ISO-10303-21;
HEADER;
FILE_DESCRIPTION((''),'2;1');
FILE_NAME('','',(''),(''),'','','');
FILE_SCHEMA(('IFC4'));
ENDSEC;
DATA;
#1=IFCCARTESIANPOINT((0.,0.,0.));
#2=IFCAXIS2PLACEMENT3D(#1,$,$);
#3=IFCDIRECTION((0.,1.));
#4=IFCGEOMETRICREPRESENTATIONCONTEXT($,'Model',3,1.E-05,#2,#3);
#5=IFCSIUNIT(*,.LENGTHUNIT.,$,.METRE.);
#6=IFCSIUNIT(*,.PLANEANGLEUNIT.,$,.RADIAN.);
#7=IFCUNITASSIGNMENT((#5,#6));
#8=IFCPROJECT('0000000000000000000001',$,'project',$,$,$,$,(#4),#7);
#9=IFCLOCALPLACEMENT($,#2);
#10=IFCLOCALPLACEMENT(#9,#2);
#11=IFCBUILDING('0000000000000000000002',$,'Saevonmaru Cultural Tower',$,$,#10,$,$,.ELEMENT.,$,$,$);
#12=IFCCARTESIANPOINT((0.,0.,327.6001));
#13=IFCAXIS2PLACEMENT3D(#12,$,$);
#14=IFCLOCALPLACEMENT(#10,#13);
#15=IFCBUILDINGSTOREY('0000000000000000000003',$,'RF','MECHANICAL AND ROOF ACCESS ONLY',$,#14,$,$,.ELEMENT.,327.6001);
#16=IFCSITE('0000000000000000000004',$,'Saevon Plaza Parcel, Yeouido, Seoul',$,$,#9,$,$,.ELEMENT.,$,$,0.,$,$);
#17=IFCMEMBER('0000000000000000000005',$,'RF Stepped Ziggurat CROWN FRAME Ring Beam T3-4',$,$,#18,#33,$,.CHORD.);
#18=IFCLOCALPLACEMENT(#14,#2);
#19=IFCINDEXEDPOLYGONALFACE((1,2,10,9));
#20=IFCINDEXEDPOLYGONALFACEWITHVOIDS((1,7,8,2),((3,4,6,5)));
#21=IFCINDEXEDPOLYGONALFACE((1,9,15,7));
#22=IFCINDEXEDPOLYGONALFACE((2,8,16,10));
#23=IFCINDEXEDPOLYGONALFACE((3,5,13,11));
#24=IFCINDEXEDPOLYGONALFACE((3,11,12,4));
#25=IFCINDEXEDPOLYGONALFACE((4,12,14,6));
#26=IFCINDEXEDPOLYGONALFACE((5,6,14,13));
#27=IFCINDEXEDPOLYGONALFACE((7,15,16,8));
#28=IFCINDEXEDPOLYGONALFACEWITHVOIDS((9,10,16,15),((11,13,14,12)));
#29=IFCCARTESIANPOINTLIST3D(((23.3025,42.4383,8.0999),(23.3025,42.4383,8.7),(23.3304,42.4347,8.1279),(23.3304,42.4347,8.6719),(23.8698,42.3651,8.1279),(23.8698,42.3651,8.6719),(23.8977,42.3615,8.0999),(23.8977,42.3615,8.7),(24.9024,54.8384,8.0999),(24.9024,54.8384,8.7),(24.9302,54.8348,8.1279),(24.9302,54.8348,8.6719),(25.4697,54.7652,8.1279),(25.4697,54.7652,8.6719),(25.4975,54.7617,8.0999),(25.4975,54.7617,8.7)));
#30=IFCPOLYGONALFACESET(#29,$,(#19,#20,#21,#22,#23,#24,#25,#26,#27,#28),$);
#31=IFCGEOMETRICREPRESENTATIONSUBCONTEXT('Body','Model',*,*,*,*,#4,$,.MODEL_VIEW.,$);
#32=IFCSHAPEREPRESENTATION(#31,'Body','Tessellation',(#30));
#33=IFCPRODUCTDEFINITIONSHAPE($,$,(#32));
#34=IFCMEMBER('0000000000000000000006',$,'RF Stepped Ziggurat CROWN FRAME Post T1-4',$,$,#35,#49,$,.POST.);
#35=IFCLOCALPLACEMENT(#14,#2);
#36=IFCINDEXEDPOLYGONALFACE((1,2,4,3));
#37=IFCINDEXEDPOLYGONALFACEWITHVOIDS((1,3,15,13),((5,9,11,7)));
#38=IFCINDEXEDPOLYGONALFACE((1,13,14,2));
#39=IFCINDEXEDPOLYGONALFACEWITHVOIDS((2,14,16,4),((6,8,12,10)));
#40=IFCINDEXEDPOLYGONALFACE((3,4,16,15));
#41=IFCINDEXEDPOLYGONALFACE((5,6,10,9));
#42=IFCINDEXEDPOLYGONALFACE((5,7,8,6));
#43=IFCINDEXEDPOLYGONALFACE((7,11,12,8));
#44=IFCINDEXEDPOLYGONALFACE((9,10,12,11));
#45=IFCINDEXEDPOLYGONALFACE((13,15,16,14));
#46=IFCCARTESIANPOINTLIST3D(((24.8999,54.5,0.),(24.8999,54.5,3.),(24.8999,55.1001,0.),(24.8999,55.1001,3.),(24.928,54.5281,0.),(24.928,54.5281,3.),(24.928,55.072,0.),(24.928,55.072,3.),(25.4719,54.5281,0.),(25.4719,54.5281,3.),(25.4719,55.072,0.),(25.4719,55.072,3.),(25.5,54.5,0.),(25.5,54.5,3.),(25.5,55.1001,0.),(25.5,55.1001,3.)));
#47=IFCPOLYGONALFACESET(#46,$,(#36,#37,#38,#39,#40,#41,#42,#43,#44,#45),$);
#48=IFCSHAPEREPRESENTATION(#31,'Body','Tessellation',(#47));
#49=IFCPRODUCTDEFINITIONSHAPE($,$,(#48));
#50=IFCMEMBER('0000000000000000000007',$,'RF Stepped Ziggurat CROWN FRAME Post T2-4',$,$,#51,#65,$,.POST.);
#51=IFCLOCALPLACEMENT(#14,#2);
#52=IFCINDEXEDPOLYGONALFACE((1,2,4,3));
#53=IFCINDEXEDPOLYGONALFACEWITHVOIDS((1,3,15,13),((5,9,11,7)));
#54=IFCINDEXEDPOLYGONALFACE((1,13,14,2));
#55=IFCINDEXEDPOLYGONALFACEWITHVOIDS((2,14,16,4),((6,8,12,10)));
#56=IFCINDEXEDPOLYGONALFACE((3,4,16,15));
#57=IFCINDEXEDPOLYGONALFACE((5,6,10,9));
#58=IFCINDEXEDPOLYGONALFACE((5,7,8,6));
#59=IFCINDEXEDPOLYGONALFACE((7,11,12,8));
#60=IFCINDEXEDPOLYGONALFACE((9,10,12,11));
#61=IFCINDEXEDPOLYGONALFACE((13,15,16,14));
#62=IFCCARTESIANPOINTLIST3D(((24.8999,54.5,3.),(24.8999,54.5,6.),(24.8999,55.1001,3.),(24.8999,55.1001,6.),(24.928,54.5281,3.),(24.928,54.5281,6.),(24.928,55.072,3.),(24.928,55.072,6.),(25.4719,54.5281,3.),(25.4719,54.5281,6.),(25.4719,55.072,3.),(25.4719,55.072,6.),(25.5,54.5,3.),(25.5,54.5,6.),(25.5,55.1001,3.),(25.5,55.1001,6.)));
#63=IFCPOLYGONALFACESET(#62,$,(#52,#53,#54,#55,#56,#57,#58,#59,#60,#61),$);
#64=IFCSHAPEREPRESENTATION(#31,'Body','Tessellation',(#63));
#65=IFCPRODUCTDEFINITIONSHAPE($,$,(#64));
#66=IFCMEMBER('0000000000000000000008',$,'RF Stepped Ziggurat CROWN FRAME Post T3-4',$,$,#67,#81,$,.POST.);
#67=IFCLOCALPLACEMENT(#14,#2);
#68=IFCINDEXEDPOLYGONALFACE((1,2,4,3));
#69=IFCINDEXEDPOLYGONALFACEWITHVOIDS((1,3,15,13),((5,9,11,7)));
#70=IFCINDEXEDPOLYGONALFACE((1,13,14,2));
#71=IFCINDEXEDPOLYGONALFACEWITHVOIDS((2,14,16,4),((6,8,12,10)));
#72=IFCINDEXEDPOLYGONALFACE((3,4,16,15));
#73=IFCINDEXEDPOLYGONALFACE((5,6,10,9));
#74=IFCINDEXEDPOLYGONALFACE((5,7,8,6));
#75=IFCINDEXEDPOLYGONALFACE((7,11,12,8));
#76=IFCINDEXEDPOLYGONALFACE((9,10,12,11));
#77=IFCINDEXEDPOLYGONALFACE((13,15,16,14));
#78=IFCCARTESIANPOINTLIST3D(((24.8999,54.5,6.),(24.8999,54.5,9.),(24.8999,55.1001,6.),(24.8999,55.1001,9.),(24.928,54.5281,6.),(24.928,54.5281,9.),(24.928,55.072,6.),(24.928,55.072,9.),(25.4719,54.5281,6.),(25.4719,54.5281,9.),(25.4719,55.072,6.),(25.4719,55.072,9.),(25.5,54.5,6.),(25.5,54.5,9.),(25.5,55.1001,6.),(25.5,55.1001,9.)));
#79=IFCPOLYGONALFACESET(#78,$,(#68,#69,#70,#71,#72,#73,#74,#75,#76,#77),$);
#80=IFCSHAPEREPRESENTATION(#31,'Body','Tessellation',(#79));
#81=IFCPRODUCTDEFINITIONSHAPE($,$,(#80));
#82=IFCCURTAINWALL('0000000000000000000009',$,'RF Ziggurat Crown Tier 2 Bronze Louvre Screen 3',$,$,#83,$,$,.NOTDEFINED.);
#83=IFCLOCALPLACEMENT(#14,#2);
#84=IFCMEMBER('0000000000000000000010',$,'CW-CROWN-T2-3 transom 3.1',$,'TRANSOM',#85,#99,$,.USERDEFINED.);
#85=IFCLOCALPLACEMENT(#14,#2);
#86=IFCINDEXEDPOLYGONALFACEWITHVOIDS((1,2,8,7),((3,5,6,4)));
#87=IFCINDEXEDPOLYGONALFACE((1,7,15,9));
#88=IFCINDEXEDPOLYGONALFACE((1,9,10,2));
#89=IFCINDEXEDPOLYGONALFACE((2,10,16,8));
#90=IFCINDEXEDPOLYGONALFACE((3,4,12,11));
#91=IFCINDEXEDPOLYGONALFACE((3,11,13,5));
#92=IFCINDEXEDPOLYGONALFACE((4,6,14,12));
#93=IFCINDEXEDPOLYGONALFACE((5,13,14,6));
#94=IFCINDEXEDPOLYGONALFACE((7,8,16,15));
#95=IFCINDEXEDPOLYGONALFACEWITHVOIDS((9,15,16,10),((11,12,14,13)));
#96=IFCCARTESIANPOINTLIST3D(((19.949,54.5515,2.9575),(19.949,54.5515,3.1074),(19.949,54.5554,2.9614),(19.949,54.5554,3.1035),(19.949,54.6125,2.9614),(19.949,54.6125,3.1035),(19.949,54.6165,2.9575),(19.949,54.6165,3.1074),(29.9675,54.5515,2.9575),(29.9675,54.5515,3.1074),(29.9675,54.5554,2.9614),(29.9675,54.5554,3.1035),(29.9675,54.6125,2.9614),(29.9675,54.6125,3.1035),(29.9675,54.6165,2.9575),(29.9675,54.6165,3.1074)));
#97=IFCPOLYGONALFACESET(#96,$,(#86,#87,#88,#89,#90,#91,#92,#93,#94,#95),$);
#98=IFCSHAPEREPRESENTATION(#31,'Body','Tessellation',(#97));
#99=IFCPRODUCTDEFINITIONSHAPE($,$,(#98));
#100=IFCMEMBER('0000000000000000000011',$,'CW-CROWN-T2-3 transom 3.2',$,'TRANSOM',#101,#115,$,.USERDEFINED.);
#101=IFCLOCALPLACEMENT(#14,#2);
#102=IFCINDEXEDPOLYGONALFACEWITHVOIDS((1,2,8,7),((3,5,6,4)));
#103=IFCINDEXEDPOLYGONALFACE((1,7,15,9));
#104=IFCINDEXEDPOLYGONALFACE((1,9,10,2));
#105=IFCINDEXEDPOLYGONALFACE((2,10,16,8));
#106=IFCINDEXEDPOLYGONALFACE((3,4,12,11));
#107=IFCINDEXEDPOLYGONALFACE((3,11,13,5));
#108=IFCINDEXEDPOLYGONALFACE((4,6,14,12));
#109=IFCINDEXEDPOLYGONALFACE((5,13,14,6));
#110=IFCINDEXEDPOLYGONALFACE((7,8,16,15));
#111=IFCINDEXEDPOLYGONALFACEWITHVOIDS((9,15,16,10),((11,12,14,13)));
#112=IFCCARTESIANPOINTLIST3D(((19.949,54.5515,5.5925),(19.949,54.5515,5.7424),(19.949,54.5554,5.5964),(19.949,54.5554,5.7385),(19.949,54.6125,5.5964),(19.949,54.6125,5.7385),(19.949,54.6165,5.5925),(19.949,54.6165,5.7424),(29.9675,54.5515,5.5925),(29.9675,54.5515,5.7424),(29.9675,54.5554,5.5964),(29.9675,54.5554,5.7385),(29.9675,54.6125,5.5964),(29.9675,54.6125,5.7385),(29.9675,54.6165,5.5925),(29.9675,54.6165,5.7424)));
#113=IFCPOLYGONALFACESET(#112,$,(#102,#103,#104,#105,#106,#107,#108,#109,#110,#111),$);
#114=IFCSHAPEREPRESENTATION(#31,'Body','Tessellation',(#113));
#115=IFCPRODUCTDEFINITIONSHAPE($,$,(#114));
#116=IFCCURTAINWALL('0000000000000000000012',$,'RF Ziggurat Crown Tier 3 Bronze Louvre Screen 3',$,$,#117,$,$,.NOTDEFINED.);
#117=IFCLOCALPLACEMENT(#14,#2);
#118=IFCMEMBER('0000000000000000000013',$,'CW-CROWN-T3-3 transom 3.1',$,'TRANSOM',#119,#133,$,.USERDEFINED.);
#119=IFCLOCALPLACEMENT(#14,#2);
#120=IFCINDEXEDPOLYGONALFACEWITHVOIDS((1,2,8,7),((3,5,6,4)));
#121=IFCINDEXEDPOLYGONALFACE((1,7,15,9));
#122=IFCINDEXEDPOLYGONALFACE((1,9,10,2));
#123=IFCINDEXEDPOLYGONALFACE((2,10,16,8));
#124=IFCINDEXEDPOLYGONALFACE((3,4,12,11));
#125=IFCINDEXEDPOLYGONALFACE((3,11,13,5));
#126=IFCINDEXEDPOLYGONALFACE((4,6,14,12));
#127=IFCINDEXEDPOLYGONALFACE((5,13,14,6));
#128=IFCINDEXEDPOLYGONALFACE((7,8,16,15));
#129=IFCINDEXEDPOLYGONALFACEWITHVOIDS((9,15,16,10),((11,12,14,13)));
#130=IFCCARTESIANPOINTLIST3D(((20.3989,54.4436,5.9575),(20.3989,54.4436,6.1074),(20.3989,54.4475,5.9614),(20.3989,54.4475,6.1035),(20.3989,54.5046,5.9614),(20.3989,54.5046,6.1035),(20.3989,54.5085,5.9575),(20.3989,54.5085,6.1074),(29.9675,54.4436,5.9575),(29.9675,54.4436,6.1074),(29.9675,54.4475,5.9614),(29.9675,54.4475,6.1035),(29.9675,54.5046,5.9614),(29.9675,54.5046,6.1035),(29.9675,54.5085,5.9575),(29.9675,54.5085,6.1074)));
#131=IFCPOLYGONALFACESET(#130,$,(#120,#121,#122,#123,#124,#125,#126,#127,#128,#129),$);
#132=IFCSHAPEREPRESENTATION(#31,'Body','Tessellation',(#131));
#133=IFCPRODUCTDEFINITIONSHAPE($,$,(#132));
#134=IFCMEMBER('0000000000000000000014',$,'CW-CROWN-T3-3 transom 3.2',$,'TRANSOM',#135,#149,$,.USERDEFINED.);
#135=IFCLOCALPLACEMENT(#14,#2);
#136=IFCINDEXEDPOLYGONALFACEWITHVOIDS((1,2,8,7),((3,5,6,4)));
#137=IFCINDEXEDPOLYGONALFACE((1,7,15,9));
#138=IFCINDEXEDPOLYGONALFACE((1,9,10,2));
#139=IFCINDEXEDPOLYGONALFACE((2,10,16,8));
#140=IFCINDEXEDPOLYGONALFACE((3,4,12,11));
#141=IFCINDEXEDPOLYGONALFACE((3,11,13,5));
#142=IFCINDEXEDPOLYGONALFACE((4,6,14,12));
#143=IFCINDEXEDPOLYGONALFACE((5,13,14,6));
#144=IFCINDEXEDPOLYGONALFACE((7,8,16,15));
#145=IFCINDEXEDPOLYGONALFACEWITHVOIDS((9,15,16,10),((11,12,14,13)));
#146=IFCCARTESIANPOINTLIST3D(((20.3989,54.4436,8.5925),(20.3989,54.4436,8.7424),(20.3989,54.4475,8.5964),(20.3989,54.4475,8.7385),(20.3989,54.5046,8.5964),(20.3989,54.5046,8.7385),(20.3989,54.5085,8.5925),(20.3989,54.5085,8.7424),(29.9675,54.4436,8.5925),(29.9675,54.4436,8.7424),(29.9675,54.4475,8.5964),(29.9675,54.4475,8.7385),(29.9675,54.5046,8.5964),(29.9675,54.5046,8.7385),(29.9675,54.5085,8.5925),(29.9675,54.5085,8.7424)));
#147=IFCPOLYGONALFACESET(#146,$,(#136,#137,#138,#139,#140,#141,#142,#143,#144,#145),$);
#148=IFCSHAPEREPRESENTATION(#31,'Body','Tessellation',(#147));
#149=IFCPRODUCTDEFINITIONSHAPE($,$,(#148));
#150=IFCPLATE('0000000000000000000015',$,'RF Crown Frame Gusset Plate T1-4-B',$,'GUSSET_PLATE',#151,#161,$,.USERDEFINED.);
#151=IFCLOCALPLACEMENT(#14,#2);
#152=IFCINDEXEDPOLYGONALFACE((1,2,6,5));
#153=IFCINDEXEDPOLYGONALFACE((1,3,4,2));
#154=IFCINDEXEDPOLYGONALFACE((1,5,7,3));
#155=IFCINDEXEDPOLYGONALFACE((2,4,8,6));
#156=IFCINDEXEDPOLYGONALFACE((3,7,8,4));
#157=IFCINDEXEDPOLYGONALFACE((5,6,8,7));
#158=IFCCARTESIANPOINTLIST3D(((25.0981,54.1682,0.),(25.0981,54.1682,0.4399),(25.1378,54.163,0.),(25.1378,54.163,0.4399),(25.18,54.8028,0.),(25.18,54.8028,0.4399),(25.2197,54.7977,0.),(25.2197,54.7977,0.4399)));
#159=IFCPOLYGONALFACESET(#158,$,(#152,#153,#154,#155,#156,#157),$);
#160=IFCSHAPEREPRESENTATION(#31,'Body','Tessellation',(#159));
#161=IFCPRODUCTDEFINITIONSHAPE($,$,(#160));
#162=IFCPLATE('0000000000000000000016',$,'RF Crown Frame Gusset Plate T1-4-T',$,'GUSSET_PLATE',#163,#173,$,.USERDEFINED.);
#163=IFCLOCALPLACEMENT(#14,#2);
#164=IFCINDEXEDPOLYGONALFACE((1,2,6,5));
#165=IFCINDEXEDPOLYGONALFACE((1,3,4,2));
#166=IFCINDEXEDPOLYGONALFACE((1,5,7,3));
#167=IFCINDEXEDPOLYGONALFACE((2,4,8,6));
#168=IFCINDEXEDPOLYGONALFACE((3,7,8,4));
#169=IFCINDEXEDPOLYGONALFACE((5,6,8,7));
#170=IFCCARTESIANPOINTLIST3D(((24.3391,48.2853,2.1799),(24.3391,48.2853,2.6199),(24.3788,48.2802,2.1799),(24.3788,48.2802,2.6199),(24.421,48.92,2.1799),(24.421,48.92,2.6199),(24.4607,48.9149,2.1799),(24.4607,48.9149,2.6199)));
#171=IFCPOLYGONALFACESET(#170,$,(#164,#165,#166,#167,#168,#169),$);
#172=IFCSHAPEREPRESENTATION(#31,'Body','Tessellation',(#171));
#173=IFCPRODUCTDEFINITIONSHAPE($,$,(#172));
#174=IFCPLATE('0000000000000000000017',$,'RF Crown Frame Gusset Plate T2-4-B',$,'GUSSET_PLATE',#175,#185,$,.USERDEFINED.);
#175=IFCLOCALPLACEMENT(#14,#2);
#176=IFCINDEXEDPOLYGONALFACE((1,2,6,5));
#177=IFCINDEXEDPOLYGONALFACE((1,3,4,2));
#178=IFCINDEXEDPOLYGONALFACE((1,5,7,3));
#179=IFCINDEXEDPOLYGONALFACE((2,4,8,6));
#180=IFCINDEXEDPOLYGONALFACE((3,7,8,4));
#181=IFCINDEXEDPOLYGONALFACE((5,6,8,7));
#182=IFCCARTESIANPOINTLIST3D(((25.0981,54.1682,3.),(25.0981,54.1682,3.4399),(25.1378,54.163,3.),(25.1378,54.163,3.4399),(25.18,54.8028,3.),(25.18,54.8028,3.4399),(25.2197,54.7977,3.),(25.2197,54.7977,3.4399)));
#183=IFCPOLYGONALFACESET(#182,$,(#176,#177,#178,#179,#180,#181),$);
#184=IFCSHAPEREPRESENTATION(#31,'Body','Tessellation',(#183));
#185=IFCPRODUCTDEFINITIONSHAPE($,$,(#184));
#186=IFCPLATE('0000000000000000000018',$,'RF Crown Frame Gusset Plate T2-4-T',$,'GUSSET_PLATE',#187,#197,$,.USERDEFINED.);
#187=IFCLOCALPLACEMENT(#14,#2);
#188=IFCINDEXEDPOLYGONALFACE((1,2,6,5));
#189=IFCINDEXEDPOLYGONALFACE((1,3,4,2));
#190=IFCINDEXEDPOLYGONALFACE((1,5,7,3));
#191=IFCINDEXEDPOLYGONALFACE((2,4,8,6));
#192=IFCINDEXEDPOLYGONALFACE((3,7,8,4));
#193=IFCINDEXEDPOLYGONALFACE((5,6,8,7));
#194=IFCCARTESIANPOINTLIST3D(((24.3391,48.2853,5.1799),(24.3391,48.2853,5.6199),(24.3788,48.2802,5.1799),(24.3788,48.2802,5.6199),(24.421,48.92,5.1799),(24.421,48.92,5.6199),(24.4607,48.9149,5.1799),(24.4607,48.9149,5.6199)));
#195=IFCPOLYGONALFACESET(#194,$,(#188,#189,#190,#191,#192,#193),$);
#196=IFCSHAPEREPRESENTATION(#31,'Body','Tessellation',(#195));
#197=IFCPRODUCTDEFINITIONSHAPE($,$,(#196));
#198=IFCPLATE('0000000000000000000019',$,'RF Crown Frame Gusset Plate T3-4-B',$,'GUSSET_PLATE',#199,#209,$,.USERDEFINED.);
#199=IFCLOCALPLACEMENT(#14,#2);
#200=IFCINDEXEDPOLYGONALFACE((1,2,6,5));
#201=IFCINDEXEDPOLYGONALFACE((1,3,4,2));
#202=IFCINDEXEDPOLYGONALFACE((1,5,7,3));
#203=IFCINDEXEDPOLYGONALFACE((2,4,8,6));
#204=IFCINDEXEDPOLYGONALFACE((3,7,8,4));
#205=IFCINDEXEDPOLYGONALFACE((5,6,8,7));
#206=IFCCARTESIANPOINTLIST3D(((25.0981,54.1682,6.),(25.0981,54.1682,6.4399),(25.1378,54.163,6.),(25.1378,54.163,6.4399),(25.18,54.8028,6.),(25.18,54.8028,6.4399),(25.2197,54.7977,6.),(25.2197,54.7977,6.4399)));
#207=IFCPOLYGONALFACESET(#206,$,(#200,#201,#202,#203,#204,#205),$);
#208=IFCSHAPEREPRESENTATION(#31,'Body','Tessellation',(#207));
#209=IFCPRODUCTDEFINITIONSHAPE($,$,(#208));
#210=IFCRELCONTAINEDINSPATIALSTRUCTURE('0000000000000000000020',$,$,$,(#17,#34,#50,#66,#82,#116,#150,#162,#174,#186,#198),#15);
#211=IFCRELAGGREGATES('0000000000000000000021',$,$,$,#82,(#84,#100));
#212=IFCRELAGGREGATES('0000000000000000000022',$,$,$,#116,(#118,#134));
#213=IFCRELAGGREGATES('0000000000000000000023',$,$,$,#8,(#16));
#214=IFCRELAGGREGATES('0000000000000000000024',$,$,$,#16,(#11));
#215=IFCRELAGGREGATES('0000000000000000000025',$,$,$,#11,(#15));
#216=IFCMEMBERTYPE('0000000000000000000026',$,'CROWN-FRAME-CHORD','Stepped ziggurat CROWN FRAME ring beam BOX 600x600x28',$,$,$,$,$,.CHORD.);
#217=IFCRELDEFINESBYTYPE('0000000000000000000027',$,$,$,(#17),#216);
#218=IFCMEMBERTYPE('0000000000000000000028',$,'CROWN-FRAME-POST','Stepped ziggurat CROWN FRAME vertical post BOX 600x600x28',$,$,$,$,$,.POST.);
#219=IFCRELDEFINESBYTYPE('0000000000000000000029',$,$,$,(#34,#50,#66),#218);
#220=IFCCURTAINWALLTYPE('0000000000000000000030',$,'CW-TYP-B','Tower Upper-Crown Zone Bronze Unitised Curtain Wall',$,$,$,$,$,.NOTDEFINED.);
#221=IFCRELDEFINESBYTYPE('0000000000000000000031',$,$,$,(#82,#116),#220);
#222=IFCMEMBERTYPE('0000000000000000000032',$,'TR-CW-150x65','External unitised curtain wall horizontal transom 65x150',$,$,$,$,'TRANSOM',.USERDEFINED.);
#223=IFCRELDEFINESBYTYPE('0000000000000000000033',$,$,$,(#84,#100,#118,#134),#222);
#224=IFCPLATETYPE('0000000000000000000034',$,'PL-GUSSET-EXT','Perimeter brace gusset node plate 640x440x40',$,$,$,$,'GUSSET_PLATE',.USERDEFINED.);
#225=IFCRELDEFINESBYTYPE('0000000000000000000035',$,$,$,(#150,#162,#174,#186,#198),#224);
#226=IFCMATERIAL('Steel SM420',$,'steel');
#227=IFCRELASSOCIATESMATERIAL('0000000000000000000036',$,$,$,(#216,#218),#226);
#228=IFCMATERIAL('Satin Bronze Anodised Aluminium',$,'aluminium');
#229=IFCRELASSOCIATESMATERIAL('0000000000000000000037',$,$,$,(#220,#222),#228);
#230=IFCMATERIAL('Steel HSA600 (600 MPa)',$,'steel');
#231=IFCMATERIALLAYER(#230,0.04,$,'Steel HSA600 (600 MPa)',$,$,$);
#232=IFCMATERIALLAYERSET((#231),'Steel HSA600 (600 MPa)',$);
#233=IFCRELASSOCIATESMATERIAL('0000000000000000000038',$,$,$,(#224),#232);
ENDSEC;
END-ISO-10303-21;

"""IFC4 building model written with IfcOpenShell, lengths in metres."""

from ifc_helpers import new_model, si_unit, direction, frame, origin, origin_2d, place, context, subcontext, project, spatial, rectangle, hollow_rectangle, extrude, material, layer, layer_set, material_profile, profile_set, type_object, element, aggregate, save


model = new_model("IFC4")

# Units and contexts
model_context = context("Model", 3, precision=1e-05, world=origin(), true_north=direction((0.0, 1.0)))
body_context = subcontext(model_context, "Body", "Model", "MODEL_VIEW")
ifc_project = project(units=[si_unit("LENGTHUNIT", "METRE"), si_unit("PLANEANGLEUNIT", "RADIAN")], contexts=[model_context])

# Site, building, storey
site_placement = place(None, origin())
site = spatial("IfcSite", under=ifc_project, at=site_placement, Name="Saevon Plaza Parcel, Yeouido, Seoul", CompositionType="ELEMENT", RefElevation=0.0)
building_placement = place(site_placement, origin())
building = spatial("IfcBuilding", under=site, at=building_placement, Name="Saevonmaru Cultural Tower", CompositionType="ELEMENT")
storey_placement = place(building_placement, frame((0.0, 0.0, 327.6001)))
storey = spatial("IfcBuildingStorey", under=building, at=storey_placement, Name="RF", Description="MECHANICAL AND ROOF ACCESS ONLY", CompositionType="ELEMENT", Elevation=327.6001)

# Members
ifc_material_1 = material(Name="Steel SM420", Category="steel")
ifc_material_profile_1 = material_profile(ifc_material_1, hollow_rectangle(XDim=0.6001, YDim=0.6001, WallThickness=0.0281, at=origin_2d()), Name="BOX-600x600x28")
ifc_profile_set_1 = profile_set([ifc_material_profile_1], Name="Steel SM420")
member_type_1 = type_object("IfcMemberType", Name="CROWN-FRAME-CHORD", Description="Stepped ziggurat CROWN FRAME ring beam BOX 600x600x28", PredefinedType="CHORD", material=ifc_profile_set_1)
for number, where, z_axis, x_axis, name in (
    (1, (25.2, 54.8, 8.3999), (-0.127958, -0.99178, 0.0), (0.99178, -0.127958, 0.0), "RF Stepped Ziggurat CROWN FRAME Ring Beam T3-4"),
):
    element("IfcMember", number, at=place(storey_placement, frame(where, z_axis=z_axis, x_axis=x_axis)), inside=storey, type_object=member_type_1, Name=name, PredefinedType="CHORD", context=body_context, shape_type="SweptSolid", body=[
        extrude(hollow_rectangle(XDim=0.6001, YDim=0.6001, WallThickness=0.0281, at=origin_2d()), origin(), (0.0, 0.0, 1.0), 12.5029),
    ])
ifc_material_profile_2 = material_profile(ifc_material_1, hollow_rectangle(XDim=0.6001, YDim=0.6001, WallThickness=0.0281, at=origin_2d()), Name="BOX-600x600x28")
ifc_profile_set_2 = profile_set([ifc_material_profile_2], Name="Steel SM420")
member_type_2 = type_object("IfcMemberType", Name="CROWN-FRAME-POST", Description="Stepped ziggurat CROWN FRAME vertical post BOX 600x600x28", PredefinedType="POST", material=ifc_profile_set_2)
for number, where, z_axis, x_axis, name in (
    (2, (25.2, 54.8, 0.0), (0.0, 0.0, 1.0), (1.0, 0.0, 0.0), "RF Stepped Ziggurat CROWN FRAME Post T1-4"),
    (3, (25.2, 54.8, 3.0), (0.0, 0.0, 1.0), (1.0, 0.0, 0.0), "RF Stepped Ziggurat CROWN FRAME Post T2-4"),
    (4, (25.2, 54.8, 6.0), (0.0, 0.0, 1.0), (1.0, 0.0, 0.0), "RF Stepped Ziggurat CROWN FRAME Post T3-4"),
):
    element("IfcMember", number, at=place(storey_placement, frame(where, z_axis=z_axis, x_axis=x_axis)), inside=storey, type_object=member_type_2, Name=name, PredefinedType="POST", context=body_context, shape_type="SweptSolid", body=[
        extrude(hollow_rectangle(XDim=0.6001, YDim=0.6001, WallThickness=0.0281, at=origin_2d()), origin(), (0.0, 0.0, 1.0), 3.0),
    ])

# Curtain walls, members
ifc_material_2 = material(Name="Satin Bronze Anodised Aluminium", Category="aluminium")
curtain_wall_type = type_object("IfcCurtainWallType", Name="CW-TYP-B", Description="Tower Upper-Crown Zone Bronze Unitised Curtain Wall", PredefinedType="NOTDEFINED", material=ifc_material_2)
curtain_wall_1_placement = place(storey_placement, origin())
curtain_wall_1 = element("IfcCurtainWall", 5, at=curtain_wall_1_placement, inside=storey, type_object=curtain_wall_type, Name="RF Ziggurat Crown Tier 2 Bronze Louvre Screen 3", PredefinedType="NOTDEFINED")
ifc_material_profile_3 = material_profile(ifc_material_2, hollow_rectangle(XDim=0.0649, YDim=0.1499, WallThickness=0.0039, at=origin_2d()), Name="ALU-TRAN-150x65x4")
ifc_profile_set_3 = profile_set([ifc_material_profile_3], Name="Satin Bronze Anodised Aluminium")
member_type_3 = type_object("IfcMemberType", Name="TR-CW-150x65", Description="External unitised curtain wall horizontal transom 65x150", ElementType="TRANSOM", PredefinedType="USERDEFINED", material=ifc_profile_set_3)
member_1_placement = place(storey_placement, frame((29.9675, 54.584, 3.0325), z_axis=(-1.0, 0.0, 0.0), x_axis=(0.0, -1.0, 0.0)))
member_1 = element("IfcMember", 6, at=member_1_placement, type_object=member_type_3, Name="CW-CROWN-T2-3 transom 3.1", ObjectType="TRANSOM", PredefinedType="USERDEFINED", context=body_context, shape_type="SweptSolid", body=[
    extrude(hollow_rectangle(XDim=0.0649, YDim=0.1499, WallThickness=0.0039, at=origin_2d()), origin(), (0.0, 0.0, 1.0), 10.0186),
])
member_2_placement = place(storey_placement, frame((29.9675, 54.584, 5.6675), z_axis=(-1.0, 0.0, 0.0), x_axis=(0.0, -1.0, 0.0)))
member_2 = element("IfcMember", 7, at=member_2_placement, type_object=member_type_3, Name="CW-CROWN-T2-3 transom 3.2", ObjectType="TRANSOM", PredefinedType="USERDEFINED", context=body_context, shape_type="SweptSolid", body=[
    extrude(hollow_rectangle(XDim=0.0649, YDim=0.1499, WallThickness=0.0039, at=origin_2d()), origin(), (0.0, 0.0, 1.0), 10.0186),
])
curtain_wall_2_placement = place(storey_placement, origin())
curtain_wall_2 = element("IfcCurtainWall", 8, at=curtain_wall_2_placement, inside=storey, type_object=curtain_wall_type, Name="RF Ziggurat Crown Tier 3 Bronze Louvre Screen 3", PredefinedType="NOTDEFINED")
member_3_placement = place(storey_placement, frame((29.9675, 54.4761, 6.0325), z_axis=(-1.0, 0.0, 0.0), x_axis=(0.0, -1.0, 0.0)))
member_3 = element("IfcMember", 9, at=member_3_placement, type_object=member_type_3, Name="CW-CROWN-T3-3 transom 3.1", ObjectType="TRANSOM", PredefinedType="USERDEFINED", context=body_context, shape_type="SweptSolid", body=[
    extrude(hollow_rectangle(XDim=0.0649, YDim=0.1499, WallThickness=0.0039, at=origin_2d()), origin(), (0.0, 0.0, 1.0), 9.5686),
])
member_4_placement = place(storey_placement, frame((29.9675, 54.4761, 8.6675), z_axis=(-1.0, 0.0, 0.0), x_axis=(0.0, -1.0, 0.0)))
member_4 = element("IfcMember", 10, at=member_4_placement, type_object=member_type_3, Name="CW-CROWN-T3-3 transom 3.2", ObjectType="TRANSOM", PredefinedType="USERDEFINED", context=body_context, shape_type="SweptSolid", body=[
    extrude(hollow_rectangle(XDim=0.0649, YDim=0.1499, WallThickness=0.0039, at=origin_2d()), origin(), (0.0, 0.0, 1.0), 9.5686),
])

# Plates
ifc_material_3 = material(Name="Steel HSA600 (600 MPa)", Category="steel")
ifc_layer_1 = layer(ifc_material_3, 0.04, Name="Steel HSA600 (600 MPa)")
ifc_layer_set_1 = layer_set([ifc_layer_1], Name="Steel HSA600 (600 MPa)")
plate_type_1 = type_object("IfcPlateType", Name="PL-GUSSET-EXT", Description="Perimeter brace gusset node plate 640x440x40", ElementType="GUSSET_PLATE", PredefinedType="USERDEFINED", material=ifc_layer_set_1)
for number, where, z_axis, x_axis, name in (
    (11, (25.1589, 54.4829, 0.0), (0.0, 0.0, 1.0), (-0.127965, -0.991779, 0.0), "RF Crown Frame Gusset Plate T1-4-B"),
    (12, (24.3999, 48.6001, 2.1799), (0.0, 0.0, 1.0), (-0.127965, -0.991779, 0.0), "RF Crown Frame Gusset Plate T1-4-T"),
    (13, (25.1589, 54.4829, 3.0), (0.0, 0.0, 1.0), (-0.127965, -0.991779, 0.0), "RF Crown Frame Gusset Plate T2-4-B"),
    (14, (24.3999, 48.6001, 5.1799), (0.0, 0.0, 1.0), (-0.127965, -0.991779, 0.0), "RF Crown Frame Gusset Plate T2-4-T"),
    (15, (25.1589, 54.4829, 6.0), (0.0, 0.0, 1.0), (-0.127965, -0.991779, 0.0), "RF Crown Frame Gusset Plate T3-4-B"),
):
    element("IfcPlate", number, at=place(storey_placement, frame(where, z_axis=z_axis, x_axis=x_axis)), inside=storey, type_object=plate_type_1, Name=name, ObjectType="GUSSET_PLATE", PredefinedType="USERDEFINED", context=body_context, shape_type="SweptSolid", body=[
        extrude(rectangle(XDim=0.6399, YDim=0.04, at=origin_2d()), origin(), (0.0, 0.0, 1.0), 0.4399),
    ])

aggregate(curtain_wall_1, [member_1, member_2])
aggregate(curtain_wall_2, [member_3, member_4])

save(model, "model.ifc")
